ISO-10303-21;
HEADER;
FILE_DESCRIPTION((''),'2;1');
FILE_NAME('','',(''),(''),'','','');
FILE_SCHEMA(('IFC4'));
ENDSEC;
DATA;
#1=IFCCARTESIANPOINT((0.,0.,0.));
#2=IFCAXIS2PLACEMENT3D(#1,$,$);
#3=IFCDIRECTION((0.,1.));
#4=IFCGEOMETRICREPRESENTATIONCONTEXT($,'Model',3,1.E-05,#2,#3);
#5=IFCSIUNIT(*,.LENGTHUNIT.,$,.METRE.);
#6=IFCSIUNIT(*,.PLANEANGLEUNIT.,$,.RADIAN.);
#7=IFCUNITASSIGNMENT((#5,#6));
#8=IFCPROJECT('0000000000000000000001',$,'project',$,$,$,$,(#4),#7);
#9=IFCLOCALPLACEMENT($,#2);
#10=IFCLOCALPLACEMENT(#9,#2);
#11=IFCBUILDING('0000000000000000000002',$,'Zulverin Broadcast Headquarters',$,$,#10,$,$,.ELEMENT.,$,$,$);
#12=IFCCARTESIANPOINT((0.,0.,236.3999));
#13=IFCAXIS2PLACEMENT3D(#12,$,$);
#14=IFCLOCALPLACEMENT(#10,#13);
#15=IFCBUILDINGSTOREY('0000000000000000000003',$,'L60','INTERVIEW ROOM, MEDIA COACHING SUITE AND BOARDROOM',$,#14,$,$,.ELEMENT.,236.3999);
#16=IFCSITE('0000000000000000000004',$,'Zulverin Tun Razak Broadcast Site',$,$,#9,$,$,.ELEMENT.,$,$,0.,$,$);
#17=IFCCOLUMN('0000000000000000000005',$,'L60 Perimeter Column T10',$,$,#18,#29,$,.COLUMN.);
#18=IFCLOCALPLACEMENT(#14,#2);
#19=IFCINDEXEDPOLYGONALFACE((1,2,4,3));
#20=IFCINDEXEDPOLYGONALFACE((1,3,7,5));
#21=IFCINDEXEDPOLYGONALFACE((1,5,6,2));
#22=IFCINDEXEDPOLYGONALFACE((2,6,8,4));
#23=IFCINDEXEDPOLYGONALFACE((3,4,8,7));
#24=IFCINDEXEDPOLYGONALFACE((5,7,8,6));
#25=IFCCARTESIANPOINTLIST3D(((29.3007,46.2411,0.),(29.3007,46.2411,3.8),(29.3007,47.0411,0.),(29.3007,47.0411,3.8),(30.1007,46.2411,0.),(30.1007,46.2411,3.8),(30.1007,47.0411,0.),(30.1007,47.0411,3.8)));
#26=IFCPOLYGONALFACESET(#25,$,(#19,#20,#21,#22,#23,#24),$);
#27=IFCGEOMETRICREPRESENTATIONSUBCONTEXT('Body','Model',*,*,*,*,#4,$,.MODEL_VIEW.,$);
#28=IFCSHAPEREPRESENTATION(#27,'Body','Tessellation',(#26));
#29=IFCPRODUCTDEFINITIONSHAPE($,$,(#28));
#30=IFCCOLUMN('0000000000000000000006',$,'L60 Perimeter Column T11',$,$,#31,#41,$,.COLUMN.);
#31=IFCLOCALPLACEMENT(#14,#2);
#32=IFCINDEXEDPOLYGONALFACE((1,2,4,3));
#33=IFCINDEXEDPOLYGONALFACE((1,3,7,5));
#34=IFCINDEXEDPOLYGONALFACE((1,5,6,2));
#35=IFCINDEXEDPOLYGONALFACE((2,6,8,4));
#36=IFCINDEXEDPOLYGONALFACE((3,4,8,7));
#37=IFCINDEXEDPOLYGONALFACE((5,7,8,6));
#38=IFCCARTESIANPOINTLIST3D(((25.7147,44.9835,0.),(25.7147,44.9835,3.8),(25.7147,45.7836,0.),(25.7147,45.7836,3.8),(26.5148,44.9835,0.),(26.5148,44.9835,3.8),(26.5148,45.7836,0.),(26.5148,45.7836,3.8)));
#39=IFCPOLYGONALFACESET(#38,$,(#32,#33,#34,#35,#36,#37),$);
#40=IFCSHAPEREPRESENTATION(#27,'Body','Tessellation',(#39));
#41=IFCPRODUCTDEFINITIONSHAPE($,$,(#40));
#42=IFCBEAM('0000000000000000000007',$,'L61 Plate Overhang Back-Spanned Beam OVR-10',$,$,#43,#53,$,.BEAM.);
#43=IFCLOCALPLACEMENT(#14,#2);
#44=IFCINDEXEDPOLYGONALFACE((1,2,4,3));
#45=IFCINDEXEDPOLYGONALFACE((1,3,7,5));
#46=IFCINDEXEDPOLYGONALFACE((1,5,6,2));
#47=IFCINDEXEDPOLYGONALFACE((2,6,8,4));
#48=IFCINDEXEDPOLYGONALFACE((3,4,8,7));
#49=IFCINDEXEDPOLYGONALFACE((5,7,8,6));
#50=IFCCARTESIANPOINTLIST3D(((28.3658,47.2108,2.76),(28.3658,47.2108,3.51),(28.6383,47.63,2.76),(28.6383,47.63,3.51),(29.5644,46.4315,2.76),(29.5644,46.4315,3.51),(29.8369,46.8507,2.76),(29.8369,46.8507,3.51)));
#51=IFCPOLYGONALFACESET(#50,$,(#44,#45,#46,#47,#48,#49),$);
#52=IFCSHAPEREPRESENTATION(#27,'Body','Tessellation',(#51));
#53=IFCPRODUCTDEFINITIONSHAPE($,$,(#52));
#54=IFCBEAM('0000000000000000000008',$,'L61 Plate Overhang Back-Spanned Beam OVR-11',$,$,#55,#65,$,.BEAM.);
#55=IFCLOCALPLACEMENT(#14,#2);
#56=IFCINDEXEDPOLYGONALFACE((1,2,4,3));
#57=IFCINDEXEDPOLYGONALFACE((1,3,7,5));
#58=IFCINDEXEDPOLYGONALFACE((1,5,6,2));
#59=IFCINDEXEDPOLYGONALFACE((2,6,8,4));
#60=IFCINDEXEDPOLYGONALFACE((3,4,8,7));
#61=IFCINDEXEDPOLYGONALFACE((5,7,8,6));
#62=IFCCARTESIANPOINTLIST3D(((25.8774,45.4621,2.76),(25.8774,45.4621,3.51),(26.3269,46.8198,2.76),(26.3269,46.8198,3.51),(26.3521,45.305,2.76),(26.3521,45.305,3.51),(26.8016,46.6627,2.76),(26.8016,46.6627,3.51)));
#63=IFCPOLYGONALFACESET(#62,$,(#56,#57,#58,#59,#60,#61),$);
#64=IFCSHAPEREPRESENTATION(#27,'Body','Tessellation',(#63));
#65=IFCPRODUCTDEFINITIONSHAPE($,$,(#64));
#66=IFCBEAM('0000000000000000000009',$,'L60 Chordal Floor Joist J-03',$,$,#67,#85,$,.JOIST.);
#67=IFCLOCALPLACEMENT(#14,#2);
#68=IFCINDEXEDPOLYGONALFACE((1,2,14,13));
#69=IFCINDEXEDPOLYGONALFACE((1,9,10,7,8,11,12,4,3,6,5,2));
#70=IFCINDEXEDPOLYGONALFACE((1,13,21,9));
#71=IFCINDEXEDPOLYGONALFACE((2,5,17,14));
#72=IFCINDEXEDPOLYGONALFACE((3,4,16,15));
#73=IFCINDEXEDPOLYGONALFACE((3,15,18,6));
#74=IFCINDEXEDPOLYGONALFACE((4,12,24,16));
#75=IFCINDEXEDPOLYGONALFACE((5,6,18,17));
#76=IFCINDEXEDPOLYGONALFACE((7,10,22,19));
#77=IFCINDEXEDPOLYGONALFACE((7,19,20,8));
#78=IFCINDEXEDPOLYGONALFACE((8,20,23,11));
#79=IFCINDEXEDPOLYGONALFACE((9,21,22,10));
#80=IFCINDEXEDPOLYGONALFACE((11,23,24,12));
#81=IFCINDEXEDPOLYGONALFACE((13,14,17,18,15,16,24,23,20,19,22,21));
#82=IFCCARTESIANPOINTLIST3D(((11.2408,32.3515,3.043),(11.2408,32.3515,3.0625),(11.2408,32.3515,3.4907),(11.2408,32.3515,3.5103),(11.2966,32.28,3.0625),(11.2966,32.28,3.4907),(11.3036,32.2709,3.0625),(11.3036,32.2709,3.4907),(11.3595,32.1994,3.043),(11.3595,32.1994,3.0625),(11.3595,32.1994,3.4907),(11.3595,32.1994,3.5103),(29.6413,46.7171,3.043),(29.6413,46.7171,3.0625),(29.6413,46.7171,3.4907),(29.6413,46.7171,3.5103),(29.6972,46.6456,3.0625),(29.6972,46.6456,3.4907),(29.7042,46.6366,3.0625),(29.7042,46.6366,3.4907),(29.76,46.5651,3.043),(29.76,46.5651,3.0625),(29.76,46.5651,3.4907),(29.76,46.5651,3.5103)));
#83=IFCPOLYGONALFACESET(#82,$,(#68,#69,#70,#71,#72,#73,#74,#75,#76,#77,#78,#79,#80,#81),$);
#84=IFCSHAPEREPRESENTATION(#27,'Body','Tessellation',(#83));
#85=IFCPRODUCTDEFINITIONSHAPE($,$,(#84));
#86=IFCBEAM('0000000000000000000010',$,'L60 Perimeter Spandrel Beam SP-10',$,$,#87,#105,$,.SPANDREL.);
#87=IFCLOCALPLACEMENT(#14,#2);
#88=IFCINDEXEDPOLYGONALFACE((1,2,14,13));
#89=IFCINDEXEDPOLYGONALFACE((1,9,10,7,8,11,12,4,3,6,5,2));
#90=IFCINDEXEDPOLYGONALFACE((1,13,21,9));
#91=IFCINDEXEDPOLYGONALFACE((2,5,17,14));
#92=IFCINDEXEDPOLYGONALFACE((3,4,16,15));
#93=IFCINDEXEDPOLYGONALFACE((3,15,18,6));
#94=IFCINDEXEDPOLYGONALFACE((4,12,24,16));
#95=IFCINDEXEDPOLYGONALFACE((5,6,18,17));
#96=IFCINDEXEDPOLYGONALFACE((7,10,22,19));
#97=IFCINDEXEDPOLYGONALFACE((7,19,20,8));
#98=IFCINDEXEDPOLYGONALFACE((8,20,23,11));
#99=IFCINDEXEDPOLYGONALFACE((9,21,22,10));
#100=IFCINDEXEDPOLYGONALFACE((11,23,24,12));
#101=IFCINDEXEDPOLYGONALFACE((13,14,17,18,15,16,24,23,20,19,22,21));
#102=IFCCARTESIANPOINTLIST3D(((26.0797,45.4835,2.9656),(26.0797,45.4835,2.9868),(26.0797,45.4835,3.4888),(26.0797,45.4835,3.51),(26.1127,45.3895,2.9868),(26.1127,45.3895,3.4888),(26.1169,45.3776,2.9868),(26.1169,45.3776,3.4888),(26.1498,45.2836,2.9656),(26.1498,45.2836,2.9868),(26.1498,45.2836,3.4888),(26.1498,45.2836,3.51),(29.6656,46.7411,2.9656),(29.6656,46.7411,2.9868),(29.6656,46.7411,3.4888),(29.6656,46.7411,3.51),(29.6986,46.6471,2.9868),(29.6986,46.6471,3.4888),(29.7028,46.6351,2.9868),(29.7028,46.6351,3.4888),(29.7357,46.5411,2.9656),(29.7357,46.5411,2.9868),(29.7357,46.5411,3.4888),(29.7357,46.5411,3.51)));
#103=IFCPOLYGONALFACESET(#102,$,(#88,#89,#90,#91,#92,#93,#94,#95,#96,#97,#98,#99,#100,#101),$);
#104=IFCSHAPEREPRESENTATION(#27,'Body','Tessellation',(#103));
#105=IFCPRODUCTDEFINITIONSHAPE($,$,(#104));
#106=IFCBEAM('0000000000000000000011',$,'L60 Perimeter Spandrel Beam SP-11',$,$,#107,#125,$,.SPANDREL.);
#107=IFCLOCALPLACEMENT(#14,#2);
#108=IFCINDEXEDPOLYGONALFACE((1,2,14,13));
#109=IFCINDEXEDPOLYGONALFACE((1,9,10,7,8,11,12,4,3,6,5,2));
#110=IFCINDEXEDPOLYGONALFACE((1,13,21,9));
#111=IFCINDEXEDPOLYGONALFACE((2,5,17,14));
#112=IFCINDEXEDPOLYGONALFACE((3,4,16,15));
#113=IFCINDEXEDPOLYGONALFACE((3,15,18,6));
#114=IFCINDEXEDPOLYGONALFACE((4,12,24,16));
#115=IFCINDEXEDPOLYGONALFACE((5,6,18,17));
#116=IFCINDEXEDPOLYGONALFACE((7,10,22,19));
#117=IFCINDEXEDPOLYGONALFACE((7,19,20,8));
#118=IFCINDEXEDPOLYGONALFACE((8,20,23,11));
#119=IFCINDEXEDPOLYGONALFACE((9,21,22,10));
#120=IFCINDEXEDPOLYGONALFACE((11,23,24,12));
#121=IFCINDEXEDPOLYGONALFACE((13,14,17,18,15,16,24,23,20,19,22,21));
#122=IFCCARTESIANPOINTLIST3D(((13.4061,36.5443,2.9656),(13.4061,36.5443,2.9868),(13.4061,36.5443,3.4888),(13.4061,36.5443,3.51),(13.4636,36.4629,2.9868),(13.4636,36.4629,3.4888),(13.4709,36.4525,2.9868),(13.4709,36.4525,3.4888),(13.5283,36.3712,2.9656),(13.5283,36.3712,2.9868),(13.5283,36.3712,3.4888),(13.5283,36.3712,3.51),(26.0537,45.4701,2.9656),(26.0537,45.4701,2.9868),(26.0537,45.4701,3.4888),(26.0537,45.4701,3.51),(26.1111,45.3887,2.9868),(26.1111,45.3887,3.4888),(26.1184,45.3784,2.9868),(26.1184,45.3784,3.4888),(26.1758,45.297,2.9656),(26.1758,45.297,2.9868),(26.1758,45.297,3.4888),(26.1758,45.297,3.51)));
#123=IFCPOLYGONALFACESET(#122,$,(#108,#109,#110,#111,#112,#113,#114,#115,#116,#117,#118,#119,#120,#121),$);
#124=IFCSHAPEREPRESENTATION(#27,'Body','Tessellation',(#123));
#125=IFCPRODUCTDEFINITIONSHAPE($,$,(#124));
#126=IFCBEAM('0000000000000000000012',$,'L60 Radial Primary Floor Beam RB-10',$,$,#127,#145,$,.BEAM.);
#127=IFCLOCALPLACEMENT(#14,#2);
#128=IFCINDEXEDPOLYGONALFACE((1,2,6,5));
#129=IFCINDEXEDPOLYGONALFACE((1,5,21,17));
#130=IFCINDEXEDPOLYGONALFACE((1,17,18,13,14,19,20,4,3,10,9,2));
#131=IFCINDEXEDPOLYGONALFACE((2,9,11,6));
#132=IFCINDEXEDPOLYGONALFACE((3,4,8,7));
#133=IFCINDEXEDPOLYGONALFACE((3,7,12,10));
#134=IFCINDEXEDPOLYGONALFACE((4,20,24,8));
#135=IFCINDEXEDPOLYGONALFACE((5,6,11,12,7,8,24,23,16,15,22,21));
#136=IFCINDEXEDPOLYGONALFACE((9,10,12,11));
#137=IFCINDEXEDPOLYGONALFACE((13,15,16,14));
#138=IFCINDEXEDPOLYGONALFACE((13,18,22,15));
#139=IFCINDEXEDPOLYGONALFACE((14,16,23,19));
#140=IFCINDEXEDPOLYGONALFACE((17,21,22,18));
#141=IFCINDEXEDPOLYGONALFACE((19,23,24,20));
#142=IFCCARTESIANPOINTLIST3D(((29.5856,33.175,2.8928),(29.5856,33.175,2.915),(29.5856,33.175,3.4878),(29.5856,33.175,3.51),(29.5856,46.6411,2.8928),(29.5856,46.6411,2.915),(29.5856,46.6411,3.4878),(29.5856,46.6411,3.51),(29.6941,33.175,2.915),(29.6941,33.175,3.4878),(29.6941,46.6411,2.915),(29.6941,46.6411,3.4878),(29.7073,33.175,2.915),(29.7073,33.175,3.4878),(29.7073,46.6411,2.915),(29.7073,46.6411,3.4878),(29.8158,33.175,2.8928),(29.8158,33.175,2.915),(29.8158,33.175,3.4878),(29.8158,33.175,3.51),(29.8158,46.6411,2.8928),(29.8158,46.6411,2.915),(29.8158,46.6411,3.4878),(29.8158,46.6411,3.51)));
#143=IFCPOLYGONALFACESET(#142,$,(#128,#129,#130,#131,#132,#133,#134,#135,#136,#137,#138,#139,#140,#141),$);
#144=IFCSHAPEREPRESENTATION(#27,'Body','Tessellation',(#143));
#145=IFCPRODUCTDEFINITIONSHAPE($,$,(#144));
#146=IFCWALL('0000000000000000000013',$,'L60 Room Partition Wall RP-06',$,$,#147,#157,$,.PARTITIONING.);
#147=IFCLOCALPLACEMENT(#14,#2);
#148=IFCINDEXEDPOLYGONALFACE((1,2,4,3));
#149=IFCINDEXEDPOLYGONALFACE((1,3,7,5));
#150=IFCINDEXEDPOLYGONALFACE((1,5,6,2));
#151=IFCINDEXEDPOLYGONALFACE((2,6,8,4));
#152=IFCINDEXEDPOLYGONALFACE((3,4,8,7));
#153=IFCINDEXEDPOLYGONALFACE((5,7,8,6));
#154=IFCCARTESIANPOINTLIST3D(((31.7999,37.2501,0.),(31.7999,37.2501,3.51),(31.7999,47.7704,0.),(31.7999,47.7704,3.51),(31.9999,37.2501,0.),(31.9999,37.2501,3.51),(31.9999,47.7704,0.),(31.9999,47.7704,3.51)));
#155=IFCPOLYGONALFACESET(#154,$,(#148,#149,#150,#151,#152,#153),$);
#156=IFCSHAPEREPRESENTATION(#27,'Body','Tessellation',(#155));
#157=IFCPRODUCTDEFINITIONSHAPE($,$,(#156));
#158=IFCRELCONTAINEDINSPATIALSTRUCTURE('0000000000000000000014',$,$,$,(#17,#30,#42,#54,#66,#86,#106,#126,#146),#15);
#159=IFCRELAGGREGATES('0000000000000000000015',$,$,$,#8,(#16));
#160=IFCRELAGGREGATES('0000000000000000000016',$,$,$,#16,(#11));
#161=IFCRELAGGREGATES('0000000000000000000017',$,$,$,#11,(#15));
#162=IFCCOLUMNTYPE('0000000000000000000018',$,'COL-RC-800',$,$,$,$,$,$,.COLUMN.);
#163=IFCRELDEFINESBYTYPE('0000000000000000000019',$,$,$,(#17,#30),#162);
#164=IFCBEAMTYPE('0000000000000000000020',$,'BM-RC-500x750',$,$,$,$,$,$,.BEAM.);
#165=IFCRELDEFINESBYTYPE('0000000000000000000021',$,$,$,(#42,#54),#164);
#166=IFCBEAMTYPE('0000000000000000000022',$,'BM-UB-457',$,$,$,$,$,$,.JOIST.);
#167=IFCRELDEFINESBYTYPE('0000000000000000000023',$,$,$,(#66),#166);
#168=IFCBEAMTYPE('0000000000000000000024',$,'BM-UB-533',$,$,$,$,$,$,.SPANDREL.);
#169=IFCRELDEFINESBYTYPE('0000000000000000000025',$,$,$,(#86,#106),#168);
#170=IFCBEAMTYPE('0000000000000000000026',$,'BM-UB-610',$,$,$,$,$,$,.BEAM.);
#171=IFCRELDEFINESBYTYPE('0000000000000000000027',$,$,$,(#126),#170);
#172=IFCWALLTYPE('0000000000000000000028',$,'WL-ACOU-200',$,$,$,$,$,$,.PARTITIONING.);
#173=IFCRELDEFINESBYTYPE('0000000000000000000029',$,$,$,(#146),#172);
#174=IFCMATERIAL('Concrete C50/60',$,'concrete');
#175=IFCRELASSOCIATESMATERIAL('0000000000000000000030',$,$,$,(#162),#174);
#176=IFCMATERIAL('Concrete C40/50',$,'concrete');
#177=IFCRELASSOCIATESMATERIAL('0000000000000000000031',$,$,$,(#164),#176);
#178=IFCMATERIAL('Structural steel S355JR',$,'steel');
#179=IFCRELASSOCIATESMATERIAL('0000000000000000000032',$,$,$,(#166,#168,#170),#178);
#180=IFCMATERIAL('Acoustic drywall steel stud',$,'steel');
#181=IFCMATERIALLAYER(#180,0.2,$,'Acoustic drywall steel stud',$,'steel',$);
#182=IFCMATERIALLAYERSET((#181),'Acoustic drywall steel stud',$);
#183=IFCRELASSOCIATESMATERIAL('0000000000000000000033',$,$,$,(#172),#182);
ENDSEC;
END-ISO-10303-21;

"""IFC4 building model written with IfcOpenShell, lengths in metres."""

from ifc_helpers import new_model, si_unit, direction, frame, frame_2d, origin, origin_2d, place, context, subcontext, project, spatial, rectangle, i_section, extrude, material, layer, layer_set, material_profile, profile_set, type_object, element, save


model = new_model("IFC4")

# Units and contexts
model_context = context("Model", 3, precision=1e-05, world=origin(), true_north=direction((0.0, 1.0)))
body_context = subcontext(model_context, "Body", "Model", "MODEL_VIEW")
ifc_project = project(units=[si_unit("LENGTHUNIT", "METRE"), si_unit("PLANEANGLEUNIT", "RADIAN")], contexts=[model_context])

# Site, building, storey
site_placement = place(None, origin())
site = spatial("IfcSite", under=ifc_project, at=site_placement, Name="Zulverin Tun Razak Broadcast Site", CompositionType="ELEMENT", RefElevation=0.0)
building_placement = place(site_placement, origin())
building = spatial("IfcBuilding", under=site, at=building_placement, Name="Zulverin Broadcast Headquarters", CompositionType="ELEMENT")
storey_placement = place(building_placement, frame((0.0, 0.0, 236.3999)))
storey = spatial("IfcBuildingStorey", under=building, at=storey_placement, Name="L60", Description="INTERVIEW ROOM, MEDIA COACHING SUITE AND BOARDROOM", CompositionType="ELEMENT", Elevation=236.3999)

# Columns
ifc_material_1 = material(Name="Concrete C50/60", Category="concrete")
ifc_material_profile_1 = material_profile(ifc_material_1, rectangle(XDim=0.8, YDim=0.8, at=origin_2d()), Name="Concrete C50/60", Category="concrete")
ifc_profile_set_1 = profile_set([ifc_material_profile_1], Name="Concrete C50/60")
column_type = type_object("IfcColumnType", Name="COL-RC-800", PredefinedType="COLUMN", material=ifc_profile_set_1)
for number, where, z_axis, x_axis, name in (
    (1, (29.7007, 46.6411, 0.0), (0.0, 0.0, 1.0), (1.0, 0.0, 0.0), "L60 Perimeter Column T10"),
    (2, (26.1147, 45.3835, 0.0), (0.0, 0.0, 1.0), (1.0, 0.0, 0.0), "L60 Perimeter Column T11"),
):
    element("IfcColumn", number, at=place(storey_placement, frame(where, z_axis=z_axis, x_axis=x_axis)), inside=storey, type_object=column_type, Name=name, PredefinedType="COLUMN", context=body_context, shape_type="SweptSolid", body=[
        extrude(rectangle(XDim=0.8, YDim=0.8, at=origin_2d()), origin(), (0.0, 0.0, 1.0), 3.8),
    ])

# Beams
ifc_material_2 = material(Name="Concrete C40/50", Category="concrete")
ifc_material_profile_2 = material_profile(ifc_material_2, rectangle(XDim=0.5, YDim=0.75, at=origin_2d()), Name="Concrete C40/50", Category="concrete")
ifc_profile_set_2 = profile_set([ifc_material_profile_2], Name="Concrete C40/50")
beam_type_1 = type_object("IfcBeamType", Name="BM-RC-500x750", PredefinedType="BEAM", material=ifc_profile_set_2)
beam_1_placement = place(storey_placement, frame((29.7007, 46.6411, 3.135), z_axis=(-0.838405, 0.545048, 0.0), x_axis=(-0.545048, -0.838405, 0.0)))
element("IfcBeam", 3, at=beam_1_placement, inside=storey, type_object=beam_type_1, Name="L61 Plate Overhang Back-Spanned Beam OVR-10", PredefinedType="BEAM", context=body_context, shape_type="SweptSolid", body=[
    extrude(rectangle(XDim=0.5, YDim=0.75, at=origin_2d()), origin(), (0.0, 0.0, 1.0), 1.4297),
])
beam_2_placement = place(storey_placement, frame((26.1147, 45.3835, 3.135), z_axis=(0.314281, 0.94933, 0.0), x_axis=(-0.94933, 0.314281, 0.0)))
element("IfcBeam", 4, at=beam_2_placement, inside=storey, type_object=beam_type_1, Name="L61 Plate Overhang Back-Spanned Beam OVR-11", PredefinedType="BEAM", context=body_context, shape_type="SweptSolid", body=[
    extrude(rectangle(XDim=0.5, YDim=0.75, at=origin_2d()), origin(), (0.0, 0.0, 1.0), 1.4302),
])
ifc_material_3 = material(Name="Structural steel S355JR", Category="steel")
ifc_material_profile_3 = material_profile(ifc_material_3, i_section(OverallWidth=0.1929, OverallDepth=0.4673, WebThickness=0.0115, FlangeThickness=0.0195, at=origin_2d()), Name="Structural steel S355JR", Category="steel")
ifc_profile_set_3 = profile_set([ifc_material_profile_3], Name="Structural steel S355JR")
beam_type_2 = type_object("IfcBeamType", Name="BM-UB-457", PredefinedType="JOIST", material=ifc_profile_set_3)
beam_3_placement = place(storey_placement, frame((29.7007, 46.6411, 3.2766), z_axis=(-0.788227, -0.615384, 0.0), x_axis=(0.615384, -0.788227, 0.0)))
element("IfcBeam", 5, at=beam_3_placement, inside=storey, type_object=beam_type_2, Name="L60 Chordal Floor Joist J-03", PredefinedType="JOIST", context=body_context, shape_type="SweptSolid", body=[
    extrude(i_section(OverallWidth=0.1929, OverallDepth=0.4673, WebThickness=0.0115, FlangeThickness=0.0195, at=origin_2d()), origin(), (0.0, 0.0, 1.0), 23.3442),
])
ifc_material_profile_4 = material_profile(ifc_material_3, i_section(OverallWidth=0.2119, OverallDepth=0.5444, WebThickness=0.0127, FlangeThickness=0.0212, at=origin_2d()), Name="Structural steel S355JR", Category="steel")
ifc_profile_set_4 = profile_set([ifc_material_profile_4], Name="Structural steel S355JR")
beam_type_3 = type_object("IfcBeamType", Name="BM-UB-533", PredefinedType="SPANDREL", material=ifc_profile_set_4)
beam_4_placement = place(storey_placement, frame((29.7007, 46.6411, 3.2378), z_axis=(-0.943654, -0.330934, 0.0), x_axis=(0.330934, -0.943654, 0.0)))
element("IfcBeam", 6, at=beam_4_placement, inside=storey, type_object=beam_type_3, Name="L60 Perimeter Spandrel Beam SP-10", PredefinedType="SPANDREL", context=body_context, shape_type="SweptSolid", body=[
    extrude(i_section(OverallWidth=0.2119, OverallDepth=0.5444, WebThickness=0.0127, FlangeThickness=0.0212, at=origin_2d()), origin(), (0.0, 0.0, 1.0), 3.8),
])
beam_5_placement = place(storey_placement, frame((26.1147, 45.3835, 3.2378), z_axis=(-0.817024, -0.576604, 0.0), x_axis=(0.576604, -0.817024, 0.0)))
element("IfcBeam", 7, at=beam_5_placement, inside=storey, type_object=beam_type_3, Name="L60 Perimeter Spandrel Beam SP-11", PredefinedType="SPANDREL", context=body_context, shape_type="SweptSolid", body=[
    extrude(i_section(OverallWidth=0.2119, OverallDepth=0.5444, WebThickness=0.0127, FlangeThickness=0.0212, at=origin_2d()), origin(), (0.0, 0.0, 1.0), 15.48),
])
ifc_material_profile_5 = material_profile(ifc_material_3, i_section(OverallWidth=0.2302, OverallDepth=0.6172, WebThickness=0.0132, FlangeThickness=0.0222, at=origin_2d()), Name="Structural steel S355JR", Category="steel")
ifc_profile_set_5 = profile_set([ifc_material_profile_5], Name="Structural steel S355JR")
beam_type_4 = type_object("IfcBeamType", Name="BM-UB-610", PredefinedType="BEAM", material=ifc_profile_set_5)
beam_6_placement = place(storey_placement, frame((29.7007, 33.175, 3.2014), z_axis=(0.0, 1.0, 0.0), x_axis=(-1.0, 0.0, 0.0)))
element("IfcBeam", 8, at=beam_6_placement, inside=storey, type_object=beam_type_4, Name="L60 Radial Primary Floor Beam RB-10", PredefinedType="BEAM", context=body_context, shape_type="SweptSolid", body=[
    extrude(i_section(OverallWidth=0.2302, OverallDepth=0.6172, WebThickness=0.0132, FlangeThickness=0.0222, at=origin_2d()), origin(), (0.0, 0.0, 1.0), 13.4661),
])

# Wall
ifc_material_4 = material(Name="Acoustic drywall steel stud", Category="steel")
ifc_layer_1 = layer(ifc_material_4, 0.2, Name="Acoustic drywall steel stud", Category="steel")
ifc_layer_set_1 = layer_set([ifc_layer_1], Name="Acoustic drywall steel stud")
wall_type_1 = type_object("IfcWallType", Name="WL-ACOU-200", PredefinedType="PARTITIONING", material=ifc_layer_set_1)
wall_1_placement = place(storey_placement, frame((31.8999, 37.25, 0.0), z_axis=(0.0, 0.0, 1.0), x_axis=(0.0, 1.0, 0.0)))
element("IfcWall", 9, at=wall_1_placement, inside=storey, type_object=wall_type_1, Name="L60 Room Partition Wall RP-06", PredefinedType="PARTITIONING", context=body_context, shape_type="SweptSolid", body=[
    extrude(rectangle(XDim=10.5203, YDim=0.2, at=frame_2d((5.2603, 0.0))), origin(), (0.0, 0.0, 1.0), 3.51),
])

save(model, "model.ifc")
